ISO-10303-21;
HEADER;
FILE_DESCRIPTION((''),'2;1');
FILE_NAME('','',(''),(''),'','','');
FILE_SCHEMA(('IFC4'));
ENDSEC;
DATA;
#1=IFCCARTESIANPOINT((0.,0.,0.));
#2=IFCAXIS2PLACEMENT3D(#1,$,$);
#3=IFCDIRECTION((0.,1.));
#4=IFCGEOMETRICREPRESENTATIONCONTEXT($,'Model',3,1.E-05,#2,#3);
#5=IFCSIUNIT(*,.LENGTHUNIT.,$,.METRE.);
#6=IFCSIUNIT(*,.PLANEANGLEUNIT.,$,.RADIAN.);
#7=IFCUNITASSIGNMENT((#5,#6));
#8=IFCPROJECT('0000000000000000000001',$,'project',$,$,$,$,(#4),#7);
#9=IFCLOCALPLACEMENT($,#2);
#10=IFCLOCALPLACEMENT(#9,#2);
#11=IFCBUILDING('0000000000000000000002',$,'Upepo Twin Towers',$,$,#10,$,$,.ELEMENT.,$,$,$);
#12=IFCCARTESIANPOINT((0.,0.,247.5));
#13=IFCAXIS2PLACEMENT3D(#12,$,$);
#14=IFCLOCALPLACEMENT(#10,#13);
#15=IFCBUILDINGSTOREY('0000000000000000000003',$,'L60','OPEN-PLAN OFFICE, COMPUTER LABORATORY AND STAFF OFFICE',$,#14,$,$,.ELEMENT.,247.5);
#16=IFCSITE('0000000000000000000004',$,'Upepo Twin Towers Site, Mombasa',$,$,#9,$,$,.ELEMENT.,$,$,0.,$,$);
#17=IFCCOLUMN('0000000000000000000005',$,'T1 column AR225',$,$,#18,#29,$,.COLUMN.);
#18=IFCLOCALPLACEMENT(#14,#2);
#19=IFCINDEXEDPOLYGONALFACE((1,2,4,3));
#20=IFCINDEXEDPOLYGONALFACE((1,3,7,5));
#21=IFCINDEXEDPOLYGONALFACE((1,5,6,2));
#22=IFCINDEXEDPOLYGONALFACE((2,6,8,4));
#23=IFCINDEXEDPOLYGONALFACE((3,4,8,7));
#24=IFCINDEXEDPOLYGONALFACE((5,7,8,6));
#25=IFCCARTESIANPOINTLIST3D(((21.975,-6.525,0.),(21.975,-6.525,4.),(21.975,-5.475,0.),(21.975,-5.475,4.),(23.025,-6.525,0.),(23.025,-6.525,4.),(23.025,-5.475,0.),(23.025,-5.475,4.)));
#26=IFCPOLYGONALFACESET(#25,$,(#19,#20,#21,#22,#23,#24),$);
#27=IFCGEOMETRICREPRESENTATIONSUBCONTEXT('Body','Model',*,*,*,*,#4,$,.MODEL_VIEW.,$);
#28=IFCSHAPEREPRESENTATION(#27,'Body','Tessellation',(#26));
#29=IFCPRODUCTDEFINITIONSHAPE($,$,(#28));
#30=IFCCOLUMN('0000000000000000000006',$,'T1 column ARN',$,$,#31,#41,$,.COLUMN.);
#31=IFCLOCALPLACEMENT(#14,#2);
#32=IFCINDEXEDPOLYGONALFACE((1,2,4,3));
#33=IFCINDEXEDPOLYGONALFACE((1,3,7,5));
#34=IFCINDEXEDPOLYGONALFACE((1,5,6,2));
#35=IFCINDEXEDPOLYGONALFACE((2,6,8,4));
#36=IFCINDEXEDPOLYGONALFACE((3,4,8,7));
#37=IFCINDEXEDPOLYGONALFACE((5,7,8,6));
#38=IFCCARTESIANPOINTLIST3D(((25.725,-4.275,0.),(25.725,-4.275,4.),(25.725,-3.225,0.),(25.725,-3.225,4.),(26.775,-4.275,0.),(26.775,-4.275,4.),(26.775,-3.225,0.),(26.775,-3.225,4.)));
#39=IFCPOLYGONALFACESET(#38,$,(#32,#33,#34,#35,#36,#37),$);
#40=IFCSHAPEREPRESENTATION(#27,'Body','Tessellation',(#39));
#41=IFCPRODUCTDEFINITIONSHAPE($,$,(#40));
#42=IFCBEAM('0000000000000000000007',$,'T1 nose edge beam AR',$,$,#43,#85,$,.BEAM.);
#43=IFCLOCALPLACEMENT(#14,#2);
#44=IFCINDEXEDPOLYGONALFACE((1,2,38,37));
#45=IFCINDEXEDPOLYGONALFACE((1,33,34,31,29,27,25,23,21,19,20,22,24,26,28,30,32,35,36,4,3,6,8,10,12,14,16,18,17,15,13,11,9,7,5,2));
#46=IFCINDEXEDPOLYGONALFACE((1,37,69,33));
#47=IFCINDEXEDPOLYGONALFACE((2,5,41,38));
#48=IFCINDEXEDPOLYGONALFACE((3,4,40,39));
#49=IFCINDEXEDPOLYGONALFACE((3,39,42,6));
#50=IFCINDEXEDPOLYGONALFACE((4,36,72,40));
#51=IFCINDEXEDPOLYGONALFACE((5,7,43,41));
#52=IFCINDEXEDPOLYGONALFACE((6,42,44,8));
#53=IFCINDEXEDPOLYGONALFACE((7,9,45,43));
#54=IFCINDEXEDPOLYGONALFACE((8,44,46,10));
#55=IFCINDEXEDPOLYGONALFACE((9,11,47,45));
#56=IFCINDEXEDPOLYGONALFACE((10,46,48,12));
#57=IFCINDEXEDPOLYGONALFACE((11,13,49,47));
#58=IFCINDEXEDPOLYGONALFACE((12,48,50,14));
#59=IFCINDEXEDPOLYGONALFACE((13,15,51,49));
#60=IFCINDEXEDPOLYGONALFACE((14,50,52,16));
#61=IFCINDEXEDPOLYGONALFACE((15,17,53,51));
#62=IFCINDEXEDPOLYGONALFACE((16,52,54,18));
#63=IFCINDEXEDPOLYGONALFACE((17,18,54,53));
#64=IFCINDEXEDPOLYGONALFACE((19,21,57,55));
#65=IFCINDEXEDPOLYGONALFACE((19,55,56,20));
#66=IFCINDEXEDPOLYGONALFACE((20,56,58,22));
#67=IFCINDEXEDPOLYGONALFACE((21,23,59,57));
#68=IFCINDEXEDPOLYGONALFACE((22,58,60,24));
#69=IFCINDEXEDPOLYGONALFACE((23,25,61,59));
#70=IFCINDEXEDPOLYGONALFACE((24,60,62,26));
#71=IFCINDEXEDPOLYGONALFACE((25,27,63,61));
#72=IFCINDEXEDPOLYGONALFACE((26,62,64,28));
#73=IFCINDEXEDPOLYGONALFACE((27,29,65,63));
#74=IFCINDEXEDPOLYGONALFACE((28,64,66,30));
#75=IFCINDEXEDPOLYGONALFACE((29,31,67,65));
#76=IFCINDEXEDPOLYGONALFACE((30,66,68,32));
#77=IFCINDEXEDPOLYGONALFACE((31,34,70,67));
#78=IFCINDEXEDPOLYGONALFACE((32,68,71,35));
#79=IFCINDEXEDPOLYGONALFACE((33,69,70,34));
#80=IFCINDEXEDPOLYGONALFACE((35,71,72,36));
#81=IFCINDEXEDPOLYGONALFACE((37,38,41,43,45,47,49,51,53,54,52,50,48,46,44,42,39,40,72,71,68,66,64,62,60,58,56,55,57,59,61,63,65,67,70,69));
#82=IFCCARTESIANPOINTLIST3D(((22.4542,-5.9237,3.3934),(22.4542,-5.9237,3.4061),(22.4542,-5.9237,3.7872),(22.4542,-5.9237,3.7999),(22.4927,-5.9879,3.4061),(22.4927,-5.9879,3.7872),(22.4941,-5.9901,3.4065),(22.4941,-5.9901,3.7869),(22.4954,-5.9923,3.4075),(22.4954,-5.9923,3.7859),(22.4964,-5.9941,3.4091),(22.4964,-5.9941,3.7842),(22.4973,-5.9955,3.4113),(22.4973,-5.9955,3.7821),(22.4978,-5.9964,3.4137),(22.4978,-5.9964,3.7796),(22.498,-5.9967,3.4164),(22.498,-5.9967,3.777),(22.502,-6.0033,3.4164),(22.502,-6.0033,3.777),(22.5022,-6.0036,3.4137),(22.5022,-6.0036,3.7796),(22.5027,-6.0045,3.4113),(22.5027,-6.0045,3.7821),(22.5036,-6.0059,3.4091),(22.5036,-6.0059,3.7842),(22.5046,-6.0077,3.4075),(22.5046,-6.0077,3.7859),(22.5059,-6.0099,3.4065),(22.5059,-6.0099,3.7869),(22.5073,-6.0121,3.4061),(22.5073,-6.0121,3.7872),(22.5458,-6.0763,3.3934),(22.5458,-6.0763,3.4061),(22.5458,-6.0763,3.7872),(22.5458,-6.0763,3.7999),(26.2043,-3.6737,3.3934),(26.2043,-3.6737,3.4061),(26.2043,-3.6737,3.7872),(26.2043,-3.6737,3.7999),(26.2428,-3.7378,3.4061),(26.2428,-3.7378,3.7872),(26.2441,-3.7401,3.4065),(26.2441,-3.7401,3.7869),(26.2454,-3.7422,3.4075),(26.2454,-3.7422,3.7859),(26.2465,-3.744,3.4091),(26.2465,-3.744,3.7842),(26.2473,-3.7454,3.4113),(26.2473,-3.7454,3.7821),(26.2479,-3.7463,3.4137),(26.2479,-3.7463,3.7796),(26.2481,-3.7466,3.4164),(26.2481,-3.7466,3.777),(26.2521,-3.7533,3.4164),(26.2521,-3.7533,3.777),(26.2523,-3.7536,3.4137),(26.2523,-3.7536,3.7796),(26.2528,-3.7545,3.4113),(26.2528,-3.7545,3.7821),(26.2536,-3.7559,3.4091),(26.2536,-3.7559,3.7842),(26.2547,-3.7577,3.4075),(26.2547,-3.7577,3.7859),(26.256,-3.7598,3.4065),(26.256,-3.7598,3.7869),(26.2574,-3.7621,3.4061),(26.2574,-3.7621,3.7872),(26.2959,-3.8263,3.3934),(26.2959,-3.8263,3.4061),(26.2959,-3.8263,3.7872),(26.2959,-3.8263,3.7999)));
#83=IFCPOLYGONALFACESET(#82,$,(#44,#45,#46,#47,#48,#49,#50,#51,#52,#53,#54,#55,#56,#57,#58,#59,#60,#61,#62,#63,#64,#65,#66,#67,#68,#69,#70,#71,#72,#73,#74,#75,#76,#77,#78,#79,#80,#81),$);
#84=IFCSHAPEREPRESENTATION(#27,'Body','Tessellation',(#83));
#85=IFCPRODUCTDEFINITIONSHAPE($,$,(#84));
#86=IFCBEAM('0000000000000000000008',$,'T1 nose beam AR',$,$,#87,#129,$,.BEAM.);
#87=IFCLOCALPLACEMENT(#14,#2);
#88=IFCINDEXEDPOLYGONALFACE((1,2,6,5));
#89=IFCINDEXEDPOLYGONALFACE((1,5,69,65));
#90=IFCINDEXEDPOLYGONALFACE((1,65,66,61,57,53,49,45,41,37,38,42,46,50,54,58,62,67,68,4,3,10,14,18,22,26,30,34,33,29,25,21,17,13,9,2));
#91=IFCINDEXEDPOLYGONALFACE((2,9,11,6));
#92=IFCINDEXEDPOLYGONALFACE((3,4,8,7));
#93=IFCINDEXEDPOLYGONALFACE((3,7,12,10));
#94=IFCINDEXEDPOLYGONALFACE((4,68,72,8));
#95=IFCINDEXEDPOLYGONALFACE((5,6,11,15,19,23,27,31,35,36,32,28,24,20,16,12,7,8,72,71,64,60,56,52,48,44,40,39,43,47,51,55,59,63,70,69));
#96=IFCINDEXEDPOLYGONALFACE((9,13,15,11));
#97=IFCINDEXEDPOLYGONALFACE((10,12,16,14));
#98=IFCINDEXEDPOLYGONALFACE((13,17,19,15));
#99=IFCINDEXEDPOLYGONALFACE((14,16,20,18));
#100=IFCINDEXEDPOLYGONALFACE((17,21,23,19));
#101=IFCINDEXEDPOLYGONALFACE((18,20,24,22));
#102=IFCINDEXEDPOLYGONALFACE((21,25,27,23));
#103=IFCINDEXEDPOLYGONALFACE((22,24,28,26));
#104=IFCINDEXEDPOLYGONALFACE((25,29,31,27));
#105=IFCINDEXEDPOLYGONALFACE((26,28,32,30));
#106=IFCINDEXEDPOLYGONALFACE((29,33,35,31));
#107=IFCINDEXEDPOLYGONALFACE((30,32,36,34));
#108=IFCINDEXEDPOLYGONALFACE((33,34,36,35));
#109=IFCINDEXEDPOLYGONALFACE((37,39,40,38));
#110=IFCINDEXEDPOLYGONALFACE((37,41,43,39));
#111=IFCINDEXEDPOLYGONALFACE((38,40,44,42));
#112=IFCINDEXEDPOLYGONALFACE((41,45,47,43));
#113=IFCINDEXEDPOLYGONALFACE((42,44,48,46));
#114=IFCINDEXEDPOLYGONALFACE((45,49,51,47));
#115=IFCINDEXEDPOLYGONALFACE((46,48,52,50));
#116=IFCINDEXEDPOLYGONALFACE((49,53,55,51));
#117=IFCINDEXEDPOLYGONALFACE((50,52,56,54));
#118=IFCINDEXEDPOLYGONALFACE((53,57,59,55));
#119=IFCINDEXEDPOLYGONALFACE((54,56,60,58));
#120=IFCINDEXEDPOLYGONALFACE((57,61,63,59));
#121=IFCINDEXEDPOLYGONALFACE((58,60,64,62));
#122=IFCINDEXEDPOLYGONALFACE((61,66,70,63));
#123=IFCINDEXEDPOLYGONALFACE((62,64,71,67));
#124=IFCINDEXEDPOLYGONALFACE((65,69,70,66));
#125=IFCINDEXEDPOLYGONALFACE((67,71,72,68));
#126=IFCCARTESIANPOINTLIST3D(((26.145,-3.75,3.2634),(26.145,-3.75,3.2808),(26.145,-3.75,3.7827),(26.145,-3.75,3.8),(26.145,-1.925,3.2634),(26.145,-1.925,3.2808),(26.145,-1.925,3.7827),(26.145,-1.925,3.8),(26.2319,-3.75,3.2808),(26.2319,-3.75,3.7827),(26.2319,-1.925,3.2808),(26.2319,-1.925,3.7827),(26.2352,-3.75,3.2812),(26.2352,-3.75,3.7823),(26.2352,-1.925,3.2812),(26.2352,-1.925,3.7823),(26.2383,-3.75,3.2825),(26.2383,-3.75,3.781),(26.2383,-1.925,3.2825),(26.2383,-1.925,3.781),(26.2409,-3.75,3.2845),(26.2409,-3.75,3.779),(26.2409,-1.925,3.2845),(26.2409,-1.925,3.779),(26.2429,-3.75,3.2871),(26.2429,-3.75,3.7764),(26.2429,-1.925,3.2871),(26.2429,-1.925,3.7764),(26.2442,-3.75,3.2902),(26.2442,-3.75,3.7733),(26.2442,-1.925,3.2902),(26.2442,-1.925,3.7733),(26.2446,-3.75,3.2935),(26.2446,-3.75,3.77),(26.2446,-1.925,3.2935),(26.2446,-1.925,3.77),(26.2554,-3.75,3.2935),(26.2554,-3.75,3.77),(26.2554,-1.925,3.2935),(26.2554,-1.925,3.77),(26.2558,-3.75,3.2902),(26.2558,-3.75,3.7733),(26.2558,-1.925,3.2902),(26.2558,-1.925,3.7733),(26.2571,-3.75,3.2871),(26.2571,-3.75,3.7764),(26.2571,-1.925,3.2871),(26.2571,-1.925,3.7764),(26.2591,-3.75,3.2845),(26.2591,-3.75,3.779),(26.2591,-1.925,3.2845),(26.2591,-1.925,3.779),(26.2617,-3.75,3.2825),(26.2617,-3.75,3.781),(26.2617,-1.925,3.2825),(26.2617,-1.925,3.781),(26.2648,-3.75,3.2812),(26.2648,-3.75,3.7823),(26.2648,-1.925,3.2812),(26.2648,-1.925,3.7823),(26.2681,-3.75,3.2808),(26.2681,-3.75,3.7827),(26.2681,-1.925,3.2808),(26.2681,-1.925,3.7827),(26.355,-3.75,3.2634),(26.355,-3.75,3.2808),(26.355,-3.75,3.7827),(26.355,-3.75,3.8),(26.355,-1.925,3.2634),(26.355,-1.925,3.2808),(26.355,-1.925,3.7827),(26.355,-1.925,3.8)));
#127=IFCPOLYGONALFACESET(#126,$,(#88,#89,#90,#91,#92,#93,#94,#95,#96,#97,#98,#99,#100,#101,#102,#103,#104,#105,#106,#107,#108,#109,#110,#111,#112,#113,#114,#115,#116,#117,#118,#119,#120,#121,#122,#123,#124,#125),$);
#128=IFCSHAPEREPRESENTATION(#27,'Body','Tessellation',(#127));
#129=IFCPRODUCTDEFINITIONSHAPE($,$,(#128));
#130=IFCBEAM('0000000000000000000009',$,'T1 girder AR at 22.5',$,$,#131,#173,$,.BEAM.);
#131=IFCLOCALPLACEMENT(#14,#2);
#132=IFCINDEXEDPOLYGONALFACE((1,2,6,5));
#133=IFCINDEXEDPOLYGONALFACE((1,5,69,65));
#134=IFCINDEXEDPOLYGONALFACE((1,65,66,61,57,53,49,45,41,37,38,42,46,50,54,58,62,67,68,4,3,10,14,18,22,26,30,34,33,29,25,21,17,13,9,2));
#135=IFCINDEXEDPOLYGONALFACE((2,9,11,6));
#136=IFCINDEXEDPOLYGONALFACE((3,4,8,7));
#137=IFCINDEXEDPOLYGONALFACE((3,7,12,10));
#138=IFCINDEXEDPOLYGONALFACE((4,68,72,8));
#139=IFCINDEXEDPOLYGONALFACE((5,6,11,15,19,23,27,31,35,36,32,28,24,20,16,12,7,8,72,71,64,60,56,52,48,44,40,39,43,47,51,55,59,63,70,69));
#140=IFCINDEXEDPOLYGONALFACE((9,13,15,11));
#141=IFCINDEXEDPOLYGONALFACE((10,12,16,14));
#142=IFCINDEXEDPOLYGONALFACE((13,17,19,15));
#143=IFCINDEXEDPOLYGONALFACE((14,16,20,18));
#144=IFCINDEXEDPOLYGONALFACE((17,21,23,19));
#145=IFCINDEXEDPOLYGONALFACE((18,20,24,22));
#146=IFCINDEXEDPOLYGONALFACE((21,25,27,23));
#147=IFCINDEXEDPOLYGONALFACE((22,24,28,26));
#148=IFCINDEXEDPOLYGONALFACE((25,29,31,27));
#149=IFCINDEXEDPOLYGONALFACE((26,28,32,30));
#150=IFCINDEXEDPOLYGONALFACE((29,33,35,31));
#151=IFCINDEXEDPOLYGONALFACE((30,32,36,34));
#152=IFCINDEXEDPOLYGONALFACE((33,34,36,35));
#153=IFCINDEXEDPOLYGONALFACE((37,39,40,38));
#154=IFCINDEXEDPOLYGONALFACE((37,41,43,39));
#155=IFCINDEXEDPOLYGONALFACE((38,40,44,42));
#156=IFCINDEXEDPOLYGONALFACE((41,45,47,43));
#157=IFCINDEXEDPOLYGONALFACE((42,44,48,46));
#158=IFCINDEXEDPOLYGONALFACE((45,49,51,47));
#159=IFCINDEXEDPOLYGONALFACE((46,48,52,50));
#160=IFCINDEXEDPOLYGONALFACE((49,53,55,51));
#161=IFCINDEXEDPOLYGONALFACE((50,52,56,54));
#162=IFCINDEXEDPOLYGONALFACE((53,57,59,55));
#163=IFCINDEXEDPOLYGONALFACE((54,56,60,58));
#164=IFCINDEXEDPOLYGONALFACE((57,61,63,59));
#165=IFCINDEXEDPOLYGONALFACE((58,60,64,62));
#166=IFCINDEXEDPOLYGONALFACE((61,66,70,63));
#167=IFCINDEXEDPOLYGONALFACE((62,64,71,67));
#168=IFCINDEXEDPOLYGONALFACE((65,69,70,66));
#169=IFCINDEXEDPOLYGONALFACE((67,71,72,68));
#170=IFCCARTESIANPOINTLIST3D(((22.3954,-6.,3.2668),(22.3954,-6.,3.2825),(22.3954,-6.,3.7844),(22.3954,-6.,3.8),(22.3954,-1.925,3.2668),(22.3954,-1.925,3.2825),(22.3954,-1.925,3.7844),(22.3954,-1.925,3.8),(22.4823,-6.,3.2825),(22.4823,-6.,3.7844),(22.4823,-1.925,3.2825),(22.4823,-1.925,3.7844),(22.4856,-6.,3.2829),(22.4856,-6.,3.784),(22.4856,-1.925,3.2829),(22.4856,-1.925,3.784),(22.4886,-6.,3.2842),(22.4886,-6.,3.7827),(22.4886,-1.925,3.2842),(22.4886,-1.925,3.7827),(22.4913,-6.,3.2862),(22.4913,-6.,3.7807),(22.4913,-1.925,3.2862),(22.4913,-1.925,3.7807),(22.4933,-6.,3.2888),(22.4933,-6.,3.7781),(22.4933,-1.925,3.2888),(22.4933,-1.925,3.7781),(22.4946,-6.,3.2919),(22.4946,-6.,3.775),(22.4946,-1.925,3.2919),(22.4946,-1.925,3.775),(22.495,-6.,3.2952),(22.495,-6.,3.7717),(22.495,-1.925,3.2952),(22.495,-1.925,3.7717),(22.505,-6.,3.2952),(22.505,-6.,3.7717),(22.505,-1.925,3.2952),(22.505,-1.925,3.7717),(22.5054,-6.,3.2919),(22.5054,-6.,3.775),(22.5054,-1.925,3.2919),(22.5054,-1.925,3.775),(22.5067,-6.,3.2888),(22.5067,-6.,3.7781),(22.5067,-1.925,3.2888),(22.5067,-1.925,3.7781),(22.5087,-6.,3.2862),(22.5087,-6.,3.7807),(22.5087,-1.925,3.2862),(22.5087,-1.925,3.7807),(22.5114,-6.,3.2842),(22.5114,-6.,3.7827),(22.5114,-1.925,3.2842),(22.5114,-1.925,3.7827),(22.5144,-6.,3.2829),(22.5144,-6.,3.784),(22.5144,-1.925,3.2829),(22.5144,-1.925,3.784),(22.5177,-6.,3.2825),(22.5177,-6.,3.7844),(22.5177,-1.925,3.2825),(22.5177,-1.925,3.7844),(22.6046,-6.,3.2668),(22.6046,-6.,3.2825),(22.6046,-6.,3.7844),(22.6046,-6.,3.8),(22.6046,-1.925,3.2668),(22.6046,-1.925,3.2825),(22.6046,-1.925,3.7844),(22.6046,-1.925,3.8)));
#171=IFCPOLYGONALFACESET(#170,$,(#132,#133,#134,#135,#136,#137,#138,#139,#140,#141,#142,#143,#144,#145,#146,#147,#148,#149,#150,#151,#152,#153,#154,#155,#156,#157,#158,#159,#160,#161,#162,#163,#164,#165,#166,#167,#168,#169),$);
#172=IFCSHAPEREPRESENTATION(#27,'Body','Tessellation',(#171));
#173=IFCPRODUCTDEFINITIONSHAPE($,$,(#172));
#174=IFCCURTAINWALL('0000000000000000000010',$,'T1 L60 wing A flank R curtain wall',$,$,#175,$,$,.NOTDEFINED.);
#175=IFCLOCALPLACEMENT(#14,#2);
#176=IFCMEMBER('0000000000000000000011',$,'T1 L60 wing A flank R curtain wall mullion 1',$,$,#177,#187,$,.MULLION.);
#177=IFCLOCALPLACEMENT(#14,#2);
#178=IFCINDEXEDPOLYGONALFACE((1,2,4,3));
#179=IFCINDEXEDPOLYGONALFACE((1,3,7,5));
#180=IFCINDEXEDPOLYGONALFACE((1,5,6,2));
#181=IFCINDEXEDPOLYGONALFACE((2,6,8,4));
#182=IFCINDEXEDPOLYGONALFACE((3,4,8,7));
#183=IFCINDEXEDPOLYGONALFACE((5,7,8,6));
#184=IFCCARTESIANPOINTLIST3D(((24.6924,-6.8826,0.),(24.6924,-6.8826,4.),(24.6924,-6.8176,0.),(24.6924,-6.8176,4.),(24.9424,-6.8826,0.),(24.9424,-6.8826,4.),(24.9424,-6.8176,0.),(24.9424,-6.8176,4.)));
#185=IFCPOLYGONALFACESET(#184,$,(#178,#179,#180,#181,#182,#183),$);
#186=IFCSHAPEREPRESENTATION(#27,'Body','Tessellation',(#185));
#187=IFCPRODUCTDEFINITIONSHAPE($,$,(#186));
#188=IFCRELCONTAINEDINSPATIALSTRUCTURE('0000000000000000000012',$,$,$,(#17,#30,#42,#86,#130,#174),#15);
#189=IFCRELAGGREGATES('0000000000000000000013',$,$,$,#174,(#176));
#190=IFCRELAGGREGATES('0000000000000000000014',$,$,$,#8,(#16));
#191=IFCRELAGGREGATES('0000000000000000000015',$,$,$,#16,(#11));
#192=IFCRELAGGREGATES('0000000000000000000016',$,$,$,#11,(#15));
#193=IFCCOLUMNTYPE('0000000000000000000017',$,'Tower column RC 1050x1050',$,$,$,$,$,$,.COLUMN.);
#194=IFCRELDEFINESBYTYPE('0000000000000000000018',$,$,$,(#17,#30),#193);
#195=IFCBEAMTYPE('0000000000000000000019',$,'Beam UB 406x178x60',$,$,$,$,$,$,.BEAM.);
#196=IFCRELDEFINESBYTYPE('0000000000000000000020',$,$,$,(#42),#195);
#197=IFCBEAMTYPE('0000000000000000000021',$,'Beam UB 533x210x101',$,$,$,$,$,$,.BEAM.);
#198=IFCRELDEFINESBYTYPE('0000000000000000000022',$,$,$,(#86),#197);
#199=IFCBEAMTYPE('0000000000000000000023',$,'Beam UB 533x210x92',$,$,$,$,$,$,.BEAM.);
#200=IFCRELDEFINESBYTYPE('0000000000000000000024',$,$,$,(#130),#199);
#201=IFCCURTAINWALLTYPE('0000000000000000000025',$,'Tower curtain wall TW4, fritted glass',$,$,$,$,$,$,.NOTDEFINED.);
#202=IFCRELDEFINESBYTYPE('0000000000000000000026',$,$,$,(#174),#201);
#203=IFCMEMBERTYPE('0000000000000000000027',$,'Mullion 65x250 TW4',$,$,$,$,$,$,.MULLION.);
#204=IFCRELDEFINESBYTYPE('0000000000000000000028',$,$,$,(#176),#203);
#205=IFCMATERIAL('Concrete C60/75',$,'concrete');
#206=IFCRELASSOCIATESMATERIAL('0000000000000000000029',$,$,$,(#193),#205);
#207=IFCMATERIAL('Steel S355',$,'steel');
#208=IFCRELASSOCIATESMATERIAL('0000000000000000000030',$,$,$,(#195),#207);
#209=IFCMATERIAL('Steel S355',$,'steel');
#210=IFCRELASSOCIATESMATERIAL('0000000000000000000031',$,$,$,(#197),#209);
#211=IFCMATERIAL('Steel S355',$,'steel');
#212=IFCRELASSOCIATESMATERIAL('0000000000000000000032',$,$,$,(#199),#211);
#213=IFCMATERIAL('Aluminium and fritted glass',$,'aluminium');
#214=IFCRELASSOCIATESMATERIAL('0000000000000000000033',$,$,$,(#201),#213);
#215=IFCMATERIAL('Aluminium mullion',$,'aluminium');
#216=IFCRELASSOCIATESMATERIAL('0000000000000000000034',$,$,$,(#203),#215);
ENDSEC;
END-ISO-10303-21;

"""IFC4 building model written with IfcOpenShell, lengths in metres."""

from ifc_helpers import new_model, si_unit, direction, frame, origin, origin_2d, place, context, subcontext, project, spatial, rectangle, i_section, extrude, material, material_profile, profile_set, type_object, element, aggregate, save


model = new_model("IFC4")

# Units and contexts
model_context = context("Model", 3, precision=1e-05, world=origin(), true_north=direction((0.0, 1.0)))
body_context = subcontext(model_context, "Body", "Model", "MODEL_VIEW")
ifc_project = project(units=[si_unit("LENGTHUNIT", "METRE"), si_unit("PLANEANGLEUNIT", "RADIAN")], contexts=[model_context])

# Site, building, storey
site_placement = place(None, origin())
site = spatial("IfcSite", under=ifc_project, at=site_placement, Name="Upepo Twin Towers Site, Mombasa", CompositionType="ELEMENT", RefElevation=0.0)
building_placement = place(site_placement, origin())
building = spatial("IfcBuilding", under=site, at=building_placement, Name="Upepo Twin Towers", CompositionType="ELEMENT")
storey_placement = place(building_placement, frame((0.0, 0.0, 247.5)))
storey = spatial("IfcBuildingStorey", under=building, at=storey_placement, Name="L60", Description="OPEN-PLAN OFFICE, COMPUTER LABORATORY AND STAFF OFFICE", CompositionType="ELEMENT", Elevation=247.5)

# Columns
ifc_material_1 = material(Name="Concrete C60/75", Category="concrete")
ifc_material_profile_1 = material_profile(ifc_material_1, rectangle(XDim=1.05, YDim=1.05, at=origin_2d()), Name="RC 1050x1050")
ifc_profile_set_1 = profile_set([ifc_material_profile_1], Name="Concrete C60/75")
column_type = type_object("IfcColumnType", Name="Tower column RC 1050x1050", PredefinedType="COLUMN", material=ifc_profile_set_1)
for number, where, z_axis, x_axis, name in (
    (1, (22.5, -6.0, 0.0), (0.0, 0.0, 1.0), (1.0, 0.0, 0.0), "T1 column AR225"),
    (2, (26.25, -3.75, 0.0), (0.0, 0.0, 1.0), (1.0, 0.0, 0.0), "T1 column ARN"),
):
    element("IfcColumn", number, at=place(storey_placement, frame(where, z_axis=z_axis, x_axis=x_axis)), inside=storey, type_object=column_type, Name=name, PredefinedType="COLUMN", context=body_context, shape_type="SweptSolid", body=[
        extrude(rectangle(XDim=1.05, YDim=1.05, at=origin_2d()), origin(), (0.0, 0.0, 1.0), 4.0),
    ])

# Beams
ifc_material_2 = material(Name="Steel S355", Category="steel")
ifc_material_profile_2 = material_profile(ifc_material_2, i_section(OverallWidth=0.178, OverallDepth=0.4065, WebThickness=0.0078, FlangeThickness=0.0127, FilletRadius=0.0103, at=origin_2d()), Name="UB 406x178x60")
ifc_profile_set_2 = profile_set([ifc_material_profile_2], Name="Steel S355")
beam_type_1 = type_object("IfcBeamType", Name="Beam UB 406x178x60", PredefinedType="BEAM", material=ifc_profile_set_2)
beam_1_placement = place(storey_placement, frame((22.5, -6.0, 3.5967), z_axis=(0.857493, 0.514496, 0.0), x_axis=(-0.514496, 0.857493, 0.0)))
element("IfcBeam", 3, at=beam_1_placement, inside=storey, type_object=beam_type_1, Name="T1 nose edge beam AR", PredefinedType="BEAM", context=body_context, shape_type="SweptSolid", body=[
    extrude(i_section(OverallWidth=0.178, OverallDepth=0.4065, WebThickness=0.0078, FlangeThickness=0.0127, FilletRadius=0.0103, at=origin_2d()), origin(), (0.0, 0.0, 1.0), 4.3733),
])
ifc_material_3 = material(Name="Steel S355", Category="steel")
ifc_material_profile_3 = material_profile(ifc_material_3, i_section(OverallWidth=0.21, OverallDepth=0.5366, WebThickness=0.0107, FlangeThickness=0.0173, FilletRadius=0.0127, at=origin_2d()), Name="UB 533x210x101")
ifc_profile_set_3 = profile_set([ifc_material_profile_3], Name="Steel S355")
beam_type_2 = type_object("IfcBeamType", Name="Beam UB 533x210x101", PredefinedType="BEAM", material=ifc_profile_set_3)
beam_2_placement = place(storey_placement, frame((26.25, -3.75, 3.5317), z_axis=(0.0, 1.0, 0.0), x_axis=(-1.0, 0.0, 0.0)))
element("IfcBeam", 4, at=beam_2_placement, inside=storey, type_object=beam_type_2, Name="T1 nose beam AR", PredefinedType="BEAM", context=body_context, shape_type="SweptSolid", body=[
    extrude(i_section(OverallWidth=0.21, OverallDepth=0.5366, WebThickness=0.0107, FlangeThickness=0.0173, FilletRadius=0.0127, at=origin_2d()), origin(), (0.0, 0.0, 1.0), 1.825),
])
ifc_material_4 = material(Name="Steel S355", Category="steel")
ifc_material_profile_4 = material_profile(ifc_material_4, i_section(OverallWidth=0.2092, OverallDepth=0.5332, WebThickness=0.01, FlangeThickness=0.0156, FilletRadius=0.0127, at=origin_2d()), Name="UB 533x210x92")
ifc_profile_set_4 = profile_set([ifc_material_profile_4], Name="Steel S355")
beam_type_3 = type_object("IfcBeamType", Name="Beam UB 533x210x92", PredefinedType="BEAM", material=ifc_profile_set_4)
beam_3_placement = place(storey_placement, frame((22.5, -6.0, 3.5334), z_axis=(0.0, 1.0, 0.0), x_axis=(-1.0, 0.0, 0.0)))
element("IfcBeam", 5, at=beam_3_placement, inside=storey, type_object=beam_type_3, Name="T1 girder AR at 22.5", PredefinedType="BEAM", context=body_context, shape_type="SweptSolid", body=[
    extrude(i_section(OverallWidth=0.2092, OverallDepth=0.5332, WebThickness=0.01, FlangeThickness=0.0156, FilletRadius=0.0127, at=origin_2d()), origin(), (0.0, 0.0, 1.0), 4.075),
])

# Curtain wall, member
ifc_material_5 = material(Name="Aluminium and fritted glass", Category="aluminium")
curtain_wall_type = type_object("IfcCurtainWallType", Name="Tower curtain wall TW4, fritted glass", PredefinedType="NOTDEFINED", material=ifc_material_5)
curtain_wall_1_placement = place(storey_placement, origin())
curtain_wall_1 = element("IfcCurtainWall", 6, at=curtain_wall_1_placement, inside=storey, type_object=curtain_wall_type, Name="T1 L60 wing A flank R curtain wall", PredefinedType="NOTDEFINED")
ifc_material_6 = material(Name="Aluminium mullion", Category="aluminium")
ifc_material_profile_5 = material_profile(ifc_material_6, rectangle(XDim=0.0649, YDim=0.25, at=origin_2d()), Name="MULLION 65x250")
ifc_profile_set_5 = profile_set([ifc_material_profile_5], Name="Aluminium mullion")
member_type_1 = type_object("IfcMemberType", Name="Mullion 65x250 TW4", PredefinedType="MULLION", material=ifc_profile_set_5)
member_1_placement = place(storey_placement, frame((24.8174, -6.8501, 0.0), z_axis=(0.0, 0.0, 1.0), x_axis=(0.0, -1.0, 0.0)))
member_1 = element("IfcMember", 7, at=member_1_placement, type_object=member_type_1, Name="T1 L60 wing A flank R curtain wall mullion 1", PredefinedType="MULLION", context=body_context, shape_type="SweptSolid", body=[
    extrude(rectangle(XDim=0.0649, YDim=0.25, at=origin_2d()), origin(), (0.0, 0.0, 1.0), 4.0),
])

aggregate(curtain_wall_1, [member_1])

save(model, "model.ifc")
